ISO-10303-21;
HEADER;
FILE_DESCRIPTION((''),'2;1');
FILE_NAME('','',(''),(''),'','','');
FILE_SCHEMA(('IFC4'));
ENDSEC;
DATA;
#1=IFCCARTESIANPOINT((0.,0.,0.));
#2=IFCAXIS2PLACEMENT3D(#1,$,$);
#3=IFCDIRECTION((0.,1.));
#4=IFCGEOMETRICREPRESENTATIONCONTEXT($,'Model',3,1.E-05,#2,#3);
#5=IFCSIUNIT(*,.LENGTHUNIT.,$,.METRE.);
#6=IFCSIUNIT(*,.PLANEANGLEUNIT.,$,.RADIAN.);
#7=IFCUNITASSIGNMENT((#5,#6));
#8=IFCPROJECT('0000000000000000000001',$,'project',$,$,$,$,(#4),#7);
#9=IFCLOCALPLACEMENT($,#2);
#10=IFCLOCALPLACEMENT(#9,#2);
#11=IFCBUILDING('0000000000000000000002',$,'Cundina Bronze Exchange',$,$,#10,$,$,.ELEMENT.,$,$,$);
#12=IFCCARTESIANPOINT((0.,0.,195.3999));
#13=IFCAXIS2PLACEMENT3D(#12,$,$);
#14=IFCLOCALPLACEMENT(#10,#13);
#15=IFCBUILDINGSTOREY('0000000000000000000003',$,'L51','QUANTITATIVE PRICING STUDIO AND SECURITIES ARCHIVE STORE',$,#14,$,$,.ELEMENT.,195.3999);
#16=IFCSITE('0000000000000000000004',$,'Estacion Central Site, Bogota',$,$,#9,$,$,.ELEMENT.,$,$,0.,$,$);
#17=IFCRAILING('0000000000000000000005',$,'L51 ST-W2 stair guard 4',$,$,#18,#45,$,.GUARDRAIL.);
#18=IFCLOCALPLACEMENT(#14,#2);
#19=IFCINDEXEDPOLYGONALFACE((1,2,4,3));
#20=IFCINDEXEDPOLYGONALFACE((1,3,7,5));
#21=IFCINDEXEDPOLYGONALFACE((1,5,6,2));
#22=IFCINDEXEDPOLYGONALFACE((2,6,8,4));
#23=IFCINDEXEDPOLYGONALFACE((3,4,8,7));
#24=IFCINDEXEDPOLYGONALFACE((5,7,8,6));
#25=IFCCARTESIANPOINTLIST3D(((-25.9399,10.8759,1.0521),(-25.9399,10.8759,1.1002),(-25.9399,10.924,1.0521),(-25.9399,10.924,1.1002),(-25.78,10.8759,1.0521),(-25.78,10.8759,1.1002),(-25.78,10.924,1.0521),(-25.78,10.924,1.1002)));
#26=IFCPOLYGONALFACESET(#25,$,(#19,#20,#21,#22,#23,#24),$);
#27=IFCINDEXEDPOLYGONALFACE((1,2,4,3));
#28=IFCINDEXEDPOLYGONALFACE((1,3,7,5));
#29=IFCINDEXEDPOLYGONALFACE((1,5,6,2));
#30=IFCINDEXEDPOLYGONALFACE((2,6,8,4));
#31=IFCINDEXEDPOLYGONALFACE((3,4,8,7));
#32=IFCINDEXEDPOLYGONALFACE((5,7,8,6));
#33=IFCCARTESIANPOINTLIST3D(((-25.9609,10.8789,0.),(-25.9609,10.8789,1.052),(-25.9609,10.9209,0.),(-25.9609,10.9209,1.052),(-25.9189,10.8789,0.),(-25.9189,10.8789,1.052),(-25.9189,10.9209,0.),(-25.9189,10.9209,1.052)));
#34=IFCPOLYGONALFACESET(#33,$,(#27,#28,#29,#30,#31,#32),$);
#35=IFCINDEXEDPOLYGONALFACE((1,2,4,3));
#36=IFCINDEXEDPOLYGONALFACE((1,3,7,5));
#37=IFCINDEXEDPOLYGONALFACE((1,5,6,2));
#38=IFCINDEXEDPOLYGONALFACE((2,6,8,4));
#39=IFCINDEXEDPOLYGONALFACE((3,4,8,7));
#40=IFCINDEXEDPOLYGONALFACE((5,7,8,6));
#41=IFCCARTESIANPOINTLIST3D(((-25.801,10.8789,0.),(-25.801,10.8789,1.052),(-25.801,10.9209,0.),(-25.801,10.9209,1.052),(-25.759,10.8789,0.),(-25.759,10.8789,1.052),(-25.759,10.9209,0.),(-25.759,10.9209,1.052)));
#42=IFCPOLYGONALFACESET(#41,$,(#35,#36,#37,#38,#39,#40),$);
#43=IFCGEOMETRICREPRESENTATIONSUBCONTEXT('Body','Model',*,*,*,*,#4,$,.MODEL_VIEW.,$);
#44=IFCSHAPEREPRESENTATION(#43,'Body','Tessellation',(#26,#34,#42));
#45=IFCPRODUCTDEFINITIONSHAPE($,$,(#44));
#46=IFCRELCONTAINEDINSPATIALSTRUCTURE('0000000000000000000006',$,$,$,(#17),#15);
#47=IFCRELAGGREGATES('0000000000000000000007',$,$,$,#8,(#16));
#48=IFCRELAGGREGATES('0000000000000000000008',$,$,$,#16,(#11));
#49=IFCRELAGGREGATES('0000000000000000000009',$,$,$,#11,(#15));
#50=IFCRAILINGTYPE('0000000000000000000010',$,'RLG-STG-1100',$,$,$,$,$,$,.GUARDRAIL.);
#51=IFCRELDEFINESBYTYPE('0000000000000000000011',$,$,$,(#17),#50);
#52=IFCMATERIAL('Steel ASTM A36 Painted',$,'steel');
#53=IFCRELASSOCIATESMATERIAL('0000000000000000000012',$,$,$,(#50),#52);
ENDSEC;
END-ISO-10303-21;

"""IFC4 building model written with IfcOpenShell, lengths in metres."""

from ifc_helpers import new_model, si_unit, direction, frame, origin, origin_2d, place, context, subcontext, project, spatial, rectangle, extrude, material, type_object, element, save


model = new_model("IFC4")

# Units and contexts
model_context = context("Model", 3, precision=1e-05, world=origin(), true_north=direction((0.0, 1.0)))
body_context = subcontext(model_context, "Body", "Model", "MODEL_VIEW")
ifc_project = project(units=[si_unit("LENGTHUNIT", "METRE"), si_unit("PLANEANGLEUNIT", "RADIAN")], contexts=[model_context])

# Site, building, storey
site_placement = place(None, origin())
site = spatial("IfcSite", under=ifc_project, at=site_placement, Name="Estacion Central Site, Bogota", CompositionType="ELEMENT", RefElevation=0.0)
building_placement = place(site_placement, origin())
building = spatial("IfcBuilding", under=site, at=building_placement, Name="Cundina Bronze Exchange", CompositionType="ELEMENT")
storey_placement = place(building_placement, frame((0.0, 0.0, 195.3999)))
storey = spatial("IfcBuildingStorey", under=building, at=storey_placement, Name="L51", Description="QUANTITATIVE PRICING STUDIO AND SECURITIES ARCHIVE STORE", CompositionType="ELEMENT", Elevation=195.3999)

# Shared definitions
ifc_material_1 = material(Name="Steel ASTM A36 Painted", Category="steel")

# Railing
railing_type_1 = type_object("IfcRailingType", Name="RLG-STG-1100", PredefinedType="GUARDRAIL", material=ifc_material_1)
railing_1_placement = place(storey_placement, frame((-25.9399, 10.8999, 0.0)))
element("IfcRailing", 1, at=railing_1_placement, inside=storey, type_object=railing_type_1, Name="L51 ST-W2 stair guard 4", PredefinedType="GUARDRAIL", context=body_context, shape_type="SweptSolid", body=[
    extrude(rectangle(XDim=0.0481, YDim=0.0481, at=origin_2d()), frame((0.0, 0.0, 1.0762), z_axis=(1.0, 0.0, 0.0), x_axis=(0.0, 1.0, 0.0)), (0.0, 0.0, 1.0), 0.1599),
    extrude(rectangle(XDim=0.042, YDim=0.042, at=origin_2d()), origin(), (0.0, 0.0, 1.0), 1.052),
    extrude(rectangle(XDim=0.042, YDim=0.042, at=origin_2d()), frame((0.1599, 0.0, 0.0)), (0.0, 0.0, 1.0), 1.052),
])

save(model, "model.ifc")
